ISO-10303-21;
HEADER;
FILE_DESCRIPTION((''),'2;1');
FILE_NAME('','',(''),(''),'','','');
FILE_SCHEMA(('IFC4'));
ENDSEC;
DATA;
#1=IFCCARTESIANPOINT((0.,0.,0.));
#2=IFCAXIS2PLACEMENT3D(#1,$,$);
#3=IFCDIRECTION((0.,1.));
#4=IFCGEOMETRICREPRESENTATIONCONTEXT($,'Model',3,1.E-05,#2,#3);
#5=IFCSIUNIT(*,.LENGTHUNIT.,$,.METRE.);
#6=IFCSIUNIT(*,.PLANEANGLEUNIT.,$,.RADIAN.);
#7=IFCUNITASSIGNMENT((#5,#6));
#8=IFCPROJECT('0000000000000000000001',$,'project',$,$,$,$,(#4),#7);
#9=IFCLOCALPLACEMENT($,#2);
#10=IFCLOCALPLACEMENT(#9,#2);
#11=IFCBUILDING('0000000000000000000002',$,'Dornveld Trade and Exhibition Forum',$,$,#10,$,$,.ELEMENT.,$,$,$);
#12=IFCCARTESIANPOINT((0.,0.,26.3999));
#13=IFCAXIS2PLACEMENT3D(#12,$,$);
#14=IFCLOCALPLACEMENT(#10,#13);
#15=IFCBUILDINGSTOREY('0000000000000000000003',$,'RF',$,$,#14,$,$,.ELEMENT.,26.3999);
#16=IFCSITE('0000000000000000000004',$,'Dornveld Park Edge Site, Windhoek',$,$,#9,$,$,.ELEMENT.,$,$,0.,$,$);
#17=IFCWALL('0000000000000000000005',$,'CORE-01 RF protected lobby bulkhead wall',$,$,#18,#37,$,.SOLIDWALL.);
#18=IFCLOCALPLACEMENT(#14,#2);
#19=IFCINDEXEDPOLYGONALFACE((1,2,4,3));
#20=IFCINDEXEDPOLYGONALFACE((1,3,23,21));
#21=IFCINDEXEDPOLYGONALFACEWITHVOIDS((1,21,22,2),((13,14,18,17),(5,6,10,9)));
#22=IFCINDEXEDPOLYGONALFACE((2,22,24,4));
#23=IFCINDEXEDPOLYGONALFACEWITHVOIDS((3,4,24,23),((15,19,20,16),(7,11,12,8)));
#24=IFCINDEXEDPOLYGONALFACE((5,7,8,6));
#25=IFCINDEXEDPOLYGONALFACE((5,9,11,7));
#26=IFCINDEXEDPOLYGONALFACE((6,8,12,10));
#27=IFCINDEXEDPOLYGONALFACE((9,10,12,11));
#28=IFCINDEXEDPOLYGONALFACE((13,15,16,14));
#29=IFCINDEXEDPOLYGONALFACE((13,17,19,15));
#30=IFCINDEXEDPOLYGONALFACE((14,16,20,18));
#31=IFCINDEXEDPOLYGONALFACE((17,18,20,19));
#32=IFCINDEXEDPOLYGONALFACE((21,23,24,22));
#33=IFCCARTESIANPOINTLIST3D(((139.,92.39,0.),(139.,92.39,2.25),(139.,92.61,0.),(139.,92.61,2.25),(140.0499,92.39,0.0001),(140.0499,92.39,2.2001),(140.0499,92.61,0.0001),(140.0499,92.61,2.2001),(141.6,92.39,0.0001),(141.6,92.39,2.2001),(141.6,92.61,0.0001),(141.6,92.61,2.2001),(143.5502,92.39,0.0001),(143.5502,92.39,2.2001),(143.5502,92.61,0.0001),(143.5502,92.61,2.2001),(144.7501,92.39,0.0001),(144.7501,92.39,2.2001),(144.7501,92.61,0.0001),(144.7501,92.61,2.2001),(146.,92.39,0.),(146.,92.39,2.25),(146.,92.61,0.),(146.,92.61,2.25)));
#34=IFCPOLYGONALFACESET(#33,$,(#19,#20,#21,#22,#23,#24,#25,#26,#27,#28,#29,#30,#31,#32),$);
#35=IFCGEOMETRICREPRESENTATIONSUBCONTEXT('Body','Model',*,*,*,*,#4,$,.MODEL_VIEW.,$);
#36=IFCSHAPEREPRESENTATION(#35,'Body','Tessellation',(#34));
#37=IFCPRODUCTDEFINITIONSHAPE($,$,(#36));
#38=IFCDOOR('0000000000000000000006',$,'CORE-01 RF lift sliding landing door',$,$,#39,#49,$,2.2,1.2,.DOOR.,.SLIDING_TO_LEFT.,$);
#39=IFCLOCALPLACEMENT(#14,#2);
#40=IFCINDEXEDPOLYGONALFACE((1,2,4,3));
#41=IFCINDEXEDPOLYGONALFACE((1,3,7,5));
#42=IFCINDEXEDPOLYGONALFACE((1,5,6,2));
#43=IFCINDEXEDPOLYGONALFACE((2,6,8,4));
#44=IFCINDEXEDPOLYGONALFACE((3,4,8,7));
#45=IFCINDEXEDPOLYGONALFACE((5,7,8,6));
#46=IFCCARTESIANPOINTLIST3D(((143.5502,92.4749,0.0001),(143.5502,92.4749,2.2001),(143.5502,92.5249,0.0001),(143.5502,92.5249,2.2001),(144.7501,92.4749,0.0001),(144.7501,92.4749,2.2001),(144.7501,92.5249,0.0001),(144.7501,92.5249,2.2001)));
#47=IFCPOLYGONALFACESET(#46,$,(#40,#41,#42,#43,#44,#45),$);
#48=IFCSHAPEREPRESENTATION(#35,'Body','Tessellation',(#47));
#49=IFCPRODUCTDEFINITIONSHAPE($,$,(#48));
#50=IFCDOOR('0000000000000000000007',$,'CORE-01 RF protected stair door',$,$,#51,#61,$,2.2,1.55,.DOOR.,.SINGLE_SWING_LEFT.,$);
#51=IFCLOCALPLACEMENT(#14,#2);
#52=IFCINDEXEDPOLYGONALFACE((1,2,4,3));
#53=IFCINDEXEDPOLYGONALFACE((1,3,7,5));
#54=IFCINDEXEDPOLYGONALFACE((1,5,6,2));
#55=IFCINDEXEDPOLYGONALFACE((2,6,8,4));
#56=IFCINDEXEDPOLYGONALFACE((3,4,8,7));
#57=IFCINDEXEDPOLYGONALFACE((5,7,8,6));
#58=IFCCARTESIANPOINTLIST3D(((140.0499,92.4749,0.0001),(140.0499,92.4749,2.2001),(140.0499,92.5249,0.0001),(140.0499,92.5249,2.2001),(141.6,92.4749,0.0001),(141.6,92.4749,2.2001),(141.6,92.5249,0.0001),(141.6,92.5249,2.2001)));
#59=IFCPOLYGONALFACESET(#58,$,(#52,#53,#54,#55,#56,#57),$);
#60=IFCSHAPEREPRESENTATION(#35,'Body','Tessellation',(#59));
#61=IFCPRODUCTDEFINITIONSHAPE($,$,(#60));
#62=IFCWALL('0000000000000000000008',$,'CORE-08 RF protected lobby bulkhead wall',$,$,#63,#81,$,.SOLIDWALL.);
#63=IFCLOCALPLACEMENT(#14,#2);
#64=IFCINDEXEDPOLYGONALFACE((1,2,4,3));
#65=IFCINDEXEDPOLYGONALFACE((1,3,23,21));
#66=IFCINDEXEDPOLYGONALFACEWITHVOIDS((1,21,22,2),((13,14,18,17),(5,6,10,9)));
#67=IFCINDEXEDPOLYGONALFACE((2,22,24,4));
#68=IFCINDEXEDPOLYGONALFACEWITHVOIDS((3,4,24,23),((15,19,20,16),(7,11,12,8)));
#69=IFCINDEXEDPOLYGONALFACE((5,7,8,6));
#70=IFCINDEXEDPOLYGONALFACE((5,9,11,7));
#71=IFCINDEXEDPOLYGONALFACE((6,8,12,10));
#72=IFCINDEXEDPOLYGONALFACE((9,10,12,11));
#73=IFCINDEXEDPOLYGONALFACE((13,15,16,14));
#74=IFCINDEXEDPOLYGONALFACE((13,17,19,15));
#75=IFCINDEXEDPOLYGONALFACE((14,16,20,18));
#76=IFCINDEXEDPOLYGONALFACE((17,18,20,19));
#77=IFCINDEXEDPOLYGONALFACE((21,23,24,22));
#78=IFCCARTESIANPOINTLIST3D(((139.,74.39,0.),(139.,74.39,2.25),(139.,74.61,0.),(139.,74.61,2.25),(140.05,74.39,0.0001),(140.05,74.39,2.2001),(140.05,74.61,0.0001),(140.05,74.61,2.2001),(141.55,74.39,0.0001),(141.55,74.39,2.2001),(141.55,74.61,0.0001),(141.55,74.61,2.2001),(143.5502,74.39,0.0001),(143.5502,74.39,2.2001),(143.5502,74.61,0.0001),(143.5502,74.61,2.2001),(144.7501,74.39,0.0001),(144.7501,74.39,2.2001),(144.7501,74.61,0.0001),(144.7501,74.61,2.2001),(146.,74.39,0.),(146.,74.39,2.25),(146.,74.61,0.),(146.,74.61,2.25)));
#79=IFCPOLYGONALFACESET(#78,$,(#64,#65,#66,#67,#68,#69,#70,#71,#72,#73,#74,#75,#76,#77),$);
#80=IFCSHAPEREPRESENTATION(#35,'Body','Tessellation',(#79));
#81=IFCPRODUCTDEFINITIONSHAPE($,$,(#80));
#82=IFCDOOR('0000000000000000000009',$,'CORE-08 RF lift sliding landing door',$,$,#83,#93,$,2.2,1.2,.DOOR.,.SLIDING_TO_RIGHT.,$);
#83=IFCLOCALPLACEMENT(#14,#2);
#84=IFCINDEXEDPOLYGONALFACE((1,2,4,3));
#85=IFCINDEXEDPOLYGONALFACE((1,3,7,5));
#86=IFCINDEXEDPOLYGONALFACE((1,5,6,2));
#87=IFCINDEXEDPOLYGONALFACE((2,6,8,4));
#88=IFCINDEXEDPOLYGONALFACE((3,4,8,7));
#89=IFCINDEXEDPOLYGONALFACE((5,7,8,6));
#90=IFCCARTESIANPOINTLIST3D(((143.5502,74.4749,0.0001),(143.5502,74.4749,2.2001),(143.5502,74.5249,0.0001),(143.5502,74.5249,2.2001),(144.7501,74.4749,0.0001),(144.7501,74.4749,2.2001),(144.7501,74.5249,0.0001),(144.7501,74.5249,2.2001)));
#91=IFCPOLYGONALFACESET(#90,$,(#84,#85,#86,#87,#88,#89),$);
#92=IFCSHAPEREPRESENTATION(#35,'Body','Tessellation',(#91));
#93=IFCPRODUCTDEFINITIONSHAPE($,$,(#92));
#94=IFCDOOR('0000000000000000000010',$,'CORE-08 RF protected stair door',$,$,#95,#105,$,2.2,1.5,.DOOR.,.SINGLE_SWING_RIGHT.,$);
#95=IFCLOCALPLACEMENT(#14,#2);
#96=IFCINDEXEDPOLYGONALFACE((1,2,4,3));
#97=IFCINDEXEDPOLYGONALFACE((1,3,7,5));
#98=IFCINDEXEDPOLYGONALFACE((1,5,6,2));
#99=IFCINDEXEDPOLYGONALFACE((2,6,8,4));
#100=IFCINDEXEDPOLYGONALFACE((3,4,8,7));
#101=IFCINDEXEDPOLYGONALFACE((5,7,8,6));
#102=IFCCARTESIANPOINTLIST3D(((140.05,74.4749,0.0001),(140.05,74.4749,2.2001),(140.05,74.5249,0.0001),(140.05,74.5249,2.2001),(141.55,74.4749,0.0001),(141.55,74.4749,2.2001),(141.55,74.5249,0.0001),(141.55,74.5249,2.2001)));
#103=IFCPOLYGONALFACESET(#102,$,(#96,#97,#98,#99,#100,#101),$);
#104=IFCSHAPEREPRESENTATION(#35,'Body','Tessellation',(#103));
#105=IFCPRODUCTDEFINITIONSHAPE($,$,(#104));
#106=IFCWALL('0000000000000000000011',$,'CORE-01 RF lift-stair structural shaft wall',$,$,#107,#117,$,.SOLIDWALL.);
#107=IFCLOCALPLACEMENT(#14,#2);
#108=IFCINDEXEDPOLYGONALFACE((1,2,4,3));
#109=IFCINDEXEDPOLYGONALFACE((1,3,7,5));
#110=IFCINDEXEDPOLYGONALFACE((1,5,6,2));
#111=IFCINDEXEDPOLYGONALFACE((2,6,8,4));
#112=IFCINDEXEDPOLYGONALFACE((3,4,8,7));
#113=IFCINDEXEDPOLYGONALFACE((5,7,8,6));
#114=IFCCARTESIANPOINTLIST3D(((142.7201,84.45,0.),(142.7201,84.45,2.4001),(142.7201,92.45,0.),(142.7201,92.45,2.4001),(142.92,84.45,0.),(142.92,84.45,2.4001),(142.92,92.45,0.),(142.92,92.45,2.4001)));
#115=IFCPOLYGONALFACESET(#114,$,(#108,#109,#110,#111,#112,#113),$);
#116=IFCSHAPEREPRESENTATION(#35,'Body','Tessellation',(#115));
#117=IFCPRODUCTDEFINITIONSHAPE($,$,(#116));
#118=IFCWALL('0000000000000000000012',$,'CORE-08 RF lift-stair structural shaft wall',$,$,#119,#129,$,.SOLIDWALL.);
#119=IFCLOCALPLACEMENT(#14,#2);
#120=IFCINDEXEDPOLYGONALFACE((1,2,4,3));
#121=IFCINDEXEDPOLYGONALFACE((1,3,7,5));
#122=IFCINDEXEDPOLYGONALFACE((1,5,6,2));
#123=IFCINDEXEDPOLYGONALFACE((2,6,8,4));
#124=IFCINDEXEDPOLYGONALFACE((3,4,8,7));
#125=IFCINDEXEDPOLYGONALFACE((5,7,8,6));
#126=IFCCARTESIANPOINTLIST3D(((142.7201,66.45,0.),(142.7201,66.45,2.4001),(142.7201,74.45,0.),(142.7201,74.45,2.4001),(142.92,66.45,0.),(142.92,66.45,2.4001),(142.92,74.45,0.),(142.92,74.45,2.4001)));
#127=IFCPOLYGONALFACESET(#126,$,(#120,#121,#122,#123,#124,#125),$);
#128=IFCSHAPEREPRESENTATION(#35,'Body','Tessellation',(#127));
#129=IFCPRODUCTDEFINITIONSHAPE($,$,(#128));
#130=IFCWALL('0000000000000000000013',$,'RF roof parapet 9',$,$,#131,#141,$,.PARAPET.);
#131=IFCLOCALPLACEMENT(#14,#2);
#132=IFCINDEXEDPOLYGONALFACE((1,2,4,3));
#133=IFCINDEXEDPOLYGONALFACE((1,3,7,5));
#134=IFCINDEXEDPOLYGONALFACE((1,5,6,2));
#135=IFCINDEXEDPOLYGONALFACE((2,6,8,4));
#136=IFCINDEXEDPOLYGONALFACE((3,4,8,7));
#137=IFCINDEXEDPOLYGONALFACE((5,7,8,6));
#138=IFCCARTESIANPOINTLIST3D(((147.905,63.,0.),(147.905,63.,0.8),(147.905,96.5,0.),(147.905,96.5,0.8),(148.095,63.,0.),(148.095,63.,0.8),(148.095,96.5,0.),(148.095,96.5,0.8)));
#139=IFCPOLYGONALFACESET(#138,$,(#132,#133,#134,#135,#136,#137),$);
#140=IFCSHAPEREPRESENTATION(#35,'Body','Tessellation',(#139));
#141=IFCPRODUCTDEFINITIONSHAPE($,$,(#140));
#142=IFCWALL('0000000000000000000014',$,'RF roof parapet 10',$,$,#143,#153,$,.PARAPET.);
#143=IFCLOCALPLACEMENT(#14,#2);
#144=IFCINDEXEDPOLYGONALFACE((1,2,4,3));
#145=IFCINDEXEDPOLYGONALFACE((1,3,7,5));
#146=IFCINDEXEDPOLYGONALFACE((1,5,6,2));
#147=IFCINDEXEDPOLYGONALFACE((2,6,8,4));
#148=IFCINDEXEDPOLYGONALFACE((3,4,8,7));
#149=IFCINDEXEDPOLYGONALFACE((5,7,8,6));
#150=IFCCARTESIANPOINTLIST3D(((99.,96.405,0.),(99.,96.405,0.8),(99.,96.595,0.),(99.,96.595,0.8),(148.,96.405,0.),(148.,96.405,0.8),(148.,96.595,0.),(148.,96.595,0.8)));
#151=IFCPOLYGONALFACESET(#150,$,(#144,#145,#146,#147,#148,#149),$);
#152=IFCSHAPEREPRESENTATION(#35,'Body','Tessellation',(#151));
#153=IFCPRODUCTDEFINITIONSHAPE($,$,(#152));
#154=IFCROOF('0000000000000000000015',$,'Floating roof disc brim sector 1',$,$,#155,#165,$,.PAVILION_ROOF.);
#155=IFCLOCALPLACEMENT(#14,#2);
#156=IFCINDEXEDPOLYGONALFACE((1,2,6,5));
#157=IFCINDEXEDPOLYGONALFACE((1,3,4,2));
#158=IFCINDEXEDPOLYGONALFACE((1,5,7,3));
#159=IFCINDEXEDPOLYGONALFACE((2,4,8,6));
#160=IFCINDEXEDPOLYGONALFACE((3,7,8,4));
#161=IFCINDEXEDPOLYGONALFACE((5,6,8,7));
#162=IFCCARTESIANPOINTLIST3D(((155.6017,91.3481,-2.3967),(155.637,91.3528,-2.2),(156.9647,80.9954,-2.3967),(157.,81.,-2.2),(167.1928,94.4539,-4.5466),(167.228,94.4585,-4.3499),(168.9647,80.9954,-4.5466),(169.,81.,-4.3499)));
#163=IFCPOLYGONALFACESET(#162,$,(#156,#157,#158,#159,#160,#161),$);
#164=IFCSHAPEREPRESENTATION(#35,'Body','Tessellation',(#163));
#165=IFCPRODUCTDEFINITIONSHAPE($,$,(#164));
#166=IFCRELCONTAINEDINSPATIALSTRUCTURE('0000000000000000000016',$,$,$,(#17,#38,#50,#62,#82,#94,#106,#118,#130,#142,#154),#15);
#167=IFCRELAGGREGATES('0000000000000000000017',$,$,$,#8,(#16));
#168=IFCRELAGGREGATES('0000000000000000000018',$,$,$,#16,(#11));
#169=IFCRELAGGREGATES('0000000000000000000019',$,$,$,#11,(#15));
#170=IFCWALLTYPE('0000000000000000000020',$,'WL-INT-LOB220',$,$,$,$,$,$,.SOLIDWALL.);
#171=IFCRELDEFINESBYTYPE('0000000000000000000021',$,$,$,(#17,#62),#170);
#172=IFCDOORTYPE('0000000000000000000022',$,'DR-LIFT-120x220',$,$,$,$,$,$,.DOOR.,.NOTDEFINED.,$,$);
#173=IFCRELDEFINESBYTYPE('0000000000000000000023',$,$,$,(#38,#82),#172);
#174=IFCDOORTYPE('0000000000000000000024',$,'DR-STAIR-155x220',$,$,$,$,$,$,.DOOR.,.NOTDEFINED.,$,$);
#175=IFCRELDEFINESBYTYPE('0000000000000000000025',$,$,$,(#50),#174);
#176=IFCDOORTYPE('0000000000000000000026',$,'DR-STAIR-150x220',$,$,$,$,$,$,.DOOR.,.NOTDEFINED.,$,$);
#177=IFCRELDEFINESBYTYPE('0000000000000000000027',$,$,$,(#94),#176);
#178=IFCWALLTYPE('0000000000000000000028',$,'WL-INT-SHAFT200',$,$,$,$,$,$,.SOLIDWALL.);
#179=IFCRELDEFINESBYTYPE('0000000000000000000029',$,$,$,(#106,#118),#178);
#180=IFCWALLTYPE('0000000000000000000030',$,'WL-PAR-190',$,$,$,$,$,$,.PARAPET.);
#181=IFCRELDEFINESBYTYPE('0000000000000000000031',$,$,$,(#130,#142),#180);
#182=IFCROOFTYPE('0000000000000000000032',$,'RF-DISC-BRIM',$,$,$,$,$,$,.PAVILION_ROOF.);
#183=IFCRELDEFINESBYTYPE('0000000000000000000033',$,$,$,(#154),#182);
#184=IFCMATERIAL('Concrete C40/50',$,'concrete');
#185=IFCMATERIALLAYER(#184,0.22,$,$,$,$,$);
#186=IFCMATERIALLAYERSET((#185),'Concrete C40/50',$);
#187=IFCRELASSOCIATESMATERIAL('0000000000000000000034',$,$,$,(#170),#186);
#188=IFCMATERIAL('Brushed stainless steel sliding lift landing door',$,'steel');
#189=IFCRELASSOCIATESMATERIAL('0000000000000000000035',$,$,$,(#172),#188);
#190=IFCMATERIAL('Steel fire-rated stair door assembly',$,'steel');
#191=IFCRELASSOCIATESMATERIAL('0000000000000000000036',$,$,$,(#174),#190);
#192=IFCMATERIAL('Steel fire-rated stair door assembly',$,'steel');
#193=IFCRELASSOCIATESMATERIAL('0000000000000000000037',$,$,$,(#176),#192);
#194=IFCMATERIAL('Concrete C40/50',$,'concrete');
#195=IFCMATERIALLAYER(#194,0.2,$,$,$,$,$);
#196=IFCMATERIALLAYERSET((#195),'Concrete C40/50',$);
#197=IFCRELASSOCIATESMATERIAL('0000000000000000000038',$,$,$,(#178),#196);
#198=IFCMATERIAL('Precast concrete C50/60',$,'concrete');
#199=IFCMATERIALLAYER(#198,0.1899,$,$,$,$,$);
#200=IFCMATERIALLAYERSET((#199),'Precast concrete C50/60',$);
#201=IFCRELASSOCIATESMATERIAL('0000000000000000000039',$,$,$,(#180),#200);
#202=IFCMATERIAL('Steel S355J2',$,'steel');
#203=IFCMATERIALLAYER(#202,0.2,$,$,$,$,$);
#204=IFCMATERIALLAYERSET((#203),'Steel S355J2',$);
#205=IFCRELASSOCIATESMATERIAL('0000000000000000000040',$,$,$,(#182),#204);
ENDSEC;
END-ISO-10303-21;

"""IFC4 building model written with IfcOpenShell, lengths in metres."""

from ifc_helpers import new_model, si_unit, direction, frame, frame_2d, origin, place, context, subcontext, project, spatial, polyline, rectangle, outline, extrude, material, layer, layer_set, type_object, element, fill, save


model = new_model("IFC4")

# Units and contexts
model_context = context("Model", 3, precision=1e-05, world=origin(), true_north=direction((0.0, 1.0)))
body_context = subcontext(model_context, "Body", "Model", "MODEL_VIEW")
ifc_project = project(units=[si_unit("LENGTHUNIT", "METRE"), si_unit("PLANEANGLEUNIT", "RADIAN")], contexts=[model_context])

# Site, building, storey
site_placement = place(None, origin())
site = spatial("IfcSite", under=ifc_project, at=site_placement, Name="Dornveld Park Edge Site, Windhoek", CompositionType="ELEMENT", RefElevation=0.0)
building_placement = place(site_placement, origin())
building = spatial("IfcBuilding", under=site, at=building_placement, Name="Dornveld Trade and Exhibition Forum", CompositionType="ELEMENT")
storey_placement = place(building_placement, frame((0.0, 0.0, 26.3999)))
storey = spatial("IfcBuildingStorey", under=building, at=storey_placement, Name="RF", CompositionType="ELEMENT", Elevation=26.3999)

# Walls, openings, doors
ifc_material_1 = material(Name="Concrete C40/50", Category="concrete")
ifc_layer_1 = layer(ifc_material_1, 0.22)
ifc_layer_set_1 = layer_set([ifc_layer_1], Name="Concrete C40/50")
wall_type_1 = type_object("IfcWallType", Name="WL-INT-LOB220", PredefinedType="SOLIDWALL", material=ifc_layer_set_1)
wall_1_placement = place(storey_placement, frame((139.0, 92.5, 0.0), z_axis=(0.0, 0.0, 1.0), x_axis=(1.0, 0.0, 0.0)))
wall_1 = element("IfcWall", 1, at=wall_1_placement, inside=storey, type_object=wall_type_1, Name="CORE-01 RF protected lobby bulkhead wall", PredefinedType="SOLIDWALL", context=body_context, shape_type="SweptSolid", body=[
    extrude(rectangle(XDim=7.0, YDim=0.22, at=frame_2d((3.5, 0.0))), origin(), (0.0, 0.0, 1.0), 2.25),
])
opening_1_placement = place(wall_1_placement, frame((1.05, 0.0, 0.0)))
opening_1 = element("IfcOpeningElement", 2, at=opening_1_placement, cuts=wall_1, PredefinedType="OPENING", context=body_context, shape_type="SweptSolid", body=[
    extrude(rectangle(XDim=1.55, YDim=2.2, at=frame_2d((0.7749, 1.1001))), frame((0.0, 0.1199, 0.0), z_axis=(0.0, -1.0, 0.0), x_axis=(1.0, 0.0, 0.0)), (0.0, 0.0, 1.0), 0.24),
])
opening_2_placement = place(wall_1_placement, frame((4.55, 0.0, 0.0)))
opening_2 = element("IfcOpeningElement", 3, at=opening_2_placement, cuts=wall_1, PredefinedType="OPENING", context=body_context, shape_type="SweptSolid", body=[
    extrude(rectangle(XDim=1.2, YDim=2.2, at=frame_2d((0.6001, 1.1001))), frame((0.0, 0.1199, 0.0), z_axis=(0.0, -1.0, 0.0), x_axis=(1.0, 0.0, 0.0)), (0.0, 0.0, 1.0), 0.24),
])
ifc_material_2 = material(Name="Brushed stainless steel sliding lift landing door", Category="steel")
door_type_1 = type_object("IfcDoorType", Name="DR-LIFT-120x220", OperationType="NOTDEFINED", PredefinedType="DOOR", material=ifc_material_2)
door_1_placement = place(opening_2_placement, origin())
door_1 = element("IfcDoor", 4, at=door_1_placement, inside=storey, type_object=door_type_1, Name="CORE-01 RF lift sliding landing door", OperationType="SLIDING_TO_LEFT", OverallHeight=2.2, OverallWidth=1.2, PredefinedType="DOOR", context=body_context, shape_type="SweptSolid", body=[
    extrude(rectangle(XDim=1.2, YDim=2.2, at=frame_2d((0.6001, 1.1001))), frame((0.0, 0.0249, 0.0), z_axis=(0.0, -1.0, 0.0), x_axis=(1.0, 0.0, 0.0)), (0.0, 0.0, 1.0), 0.05),
])
fill(opening_2, door_1)
ifc_material_3 = material(Name="Steel fire-rated stair door assembly", Category="steel")
door_type_2 = type_object("IfcDoorType", Name="DR-STAIR-155x220", OperationType="NOTDEFINED", PredefinedType="DOOR", material=ifc_material_3)
door_2_placement = place(opening_1_placement, origin())
door_2 = element("IfcDoor", 5, at=door_2_placement, inside=storey, type_object=door_type_2, Name="CORE-01 RF protected stair door", OperationType="SINGLE_SWING_LEFT", OverallHeight=2.2, OverallWidth=1.55, PredefinedType="DOOR", context=body_context, shape_type="SweptSolid", body=[
    extrude(rectangle(XDim=1.55, YDim=2.2, at=frame_2d((0.7749, 1.1001))), frame((0.0, 0.0249, 0.0), z_axis=(0.0, -1.0, 0.0), x_axis=(1.0, 0.0, 0.0)), (0.0, 0.0, 1.0), 0.05),
])
fill(opening_1, door_2)
wall_2_placement = place(storey_placement, frame((139.0, 74.5, 0.0), z_axis=(0.0, 0.0, 1.0), x_axis=(1.0, 0.0, 0.0)))
wall_2 = element("IfcWall", 6, at=wall_2_placement, inside=storey, type_object=wall_type_1, Name="CORE-08 RF protected lobby bulkhead wall", PredefinedType="SOLIDWALL", context=body_context, shape_type="SweptSolid", body=[
    extrude(rectangle(XDim=7.0, YDim=0.22, at=frame_2d((3.5, 0.0))), origin(), (0.0, 0.0, 1.0), 2.25),
])
opening_3_placement = place(wall_2_placement, frame((1.05, 0.0, 0.0)))
opening_3 = element("IfcOpeningElement", 7, at=opening_3_placement, cuts=wall_2, PredefinedType="OPENING", context=body_context, shape_type="SweptSolid", body=[
    extrude(rectangle(XDim=1.5, YDim=2.2, at=frame_2d((0.75, 1.1001))), frame((0.0, 0.1199, 0.0), z_axis=(0.0, -1.0, 0.0), x_axis=(1.0, 0.0, 0.0)), (0.0, 0.0, 1.0), 0.24),
])
opening_4_placement = place(wall_2_placement, frame((4.55, 0.0, 0.0)))
opening_4 = element("IfcOpeningElement", 8, at=opening_4_placement, cuts=wall_2, PredefinedType="OPENING", context=body_context, shape_type="SweptSolid", body=[
    extrude(rectangle(XDim=1.2, YDim=2.2, at=frame_2d((0.6001, 1.1001))), frame((0.0, 0.1199, 0.0), z_axis=(0.0, -1.0, 0.0), x_axis=(1.0, 0.0, 0.0)), (0.0, 0.0, 1.0), 0.24),
])
door_3_placement = place(opening_4_placement, origin())
door_3 = element("IfcDoor", 9, at=door_3_placement, inside=storey, type_object=door_type_1, Name="CORE-08 RF lift sliding landing door", OperationType="SLIDING_TO_RIGHT", OverallHeight=2.2, OverallWidth=1.2, PredefinedType="DOOR", context=body_context, shape_type="SweptSolid", body=[
    extrude(rectangle(XDim=1.2, YDim=2.2, at=frame_2d((0.6001, 1.1001))), frame((0.0, 0.0249, 0.0), z_axis=(0.0, -1.0, 0.0), x_axis=(1.0, 0.0, 0.0)), (0.0, 0.0, 1.0), 0.05),
])
fill(opening_4, door_3)
ifc_material_4 = material(Name="Steel fire-rated stair door assembly", Category="steel")
door_type_3 = type_object("IfcDoorType", Name="DR-STAIR-150x220", OperationType="NOTDEFINED", PredefinedType="DOOR", material=ifc_material_4)
door_4_placement = place(opening_3_placement, origin())
door_4 = element("IfcDoor", 10, at=door_4_placement, inside=storey, type_object=door_type_3, Name="CORE-08 RF protected stair door", OperationType="SINGLE_SWING_RIGHT", OverallHeight=2.2, OverallWidth=1.5, PredefinedType="DOOR", context=body_context, shape_type="SweptSolid", body=[
    extrude(rectangle(XDim=1.5, YDim=2.2, at=frame_2d((0.75, 1.1001))), frame((0.0, 0.0249, 0.0), z_axis=(0.0, -1.0, 0.0), x_axis=(1.0, 0.0, 0.0)), (0.0, 0.0, 1.0), 0.05),
])
fill(opening_3, door_4)

# Walls
ifc_material_5 = material(Name="Concrete C40/50", Category="concrete")
ifc_layer_2 = layer(ifc_material_5, 0.2)
ifc_layer_set_2 = layer_set([ifc_layer_2], Name="Concrete C40/50")
wall_type_2 = type_object("IfcWallType", Name="WL-INT-SHAFT200", PredefinedType="SOLIDWALL", material=ifc_layer_set_2)
for number, where, z_axis, x_axis, name in (
    (11, (142.8201, 84.45, 0.0), (0.0, 0.0, 1.0), (0.0, 1.0, 0.0), "CORE-01 RF lift-stair structural shaft wall"),
    (12, (142.8201, 66.45, 0.0), (0.0, 0.0, 1.0), (0.0, 1.0, 0.0), "CORE-08 RF lift-stair structural shaft wall"),
):
    element("IfcWall", number, at=place(storey_placement, frame(where, z_axis=z_axis, x_axis=x_axis)), inside=storey, type_object=wall_type_2, Name=name, PredefinedType="SOLIDWALL", context=body_context, shape_type="SweptSolid", body=[
        extrude(rectangle(XDim=8.0, YDim=0.2, at=frame_2d((4.0, 0.0))), origin(), (0.0, 0.0, 1.0), 2.4001),
    ])
ifc_material_6 = material(Name="Precast concrete C50/60", Category="concrete")
ifc_layer_3 = layer(ifc_material_6, 0.1899)
ifc_layer_set_3 = layer_set([ifc_layer_3], Name="Precast concrete C50/60")
wall_type_3 = type_object("IfcWallType", Name="WL-PAR-190", PredefinedType="PARAPET", material=ifc_layer_set_3)
wall_3_placement = place(storey_placement, frame((148.0, 63.0, 0.0), z_axis=(0.0, 0.0, 1.0), x_axis=(0.0, 1.0, 0.0)))
element("IfcWall", 13, at=wall_3_placement, inside=storey, type_object=wall_type_3, Name="RF roof parapet 9", PredefinedType="PARAPET", context=body_context, shape_type="SweptSolid", body=[
    extrude(rectangle(XDim=33.5, YDim=0.1899, at=frame_2d((16.75, 0.0))), origin(), (0.0, 0.0, 1.0), 0.8),
])
wall_4_placement = place(storey_placement, frame((148.0, 96.5, 0.0), z_axis=(0.0, 0.0, 1.0), x_axis=(-1.0, 0.0, 0.0)))
element("IfcWall", 14, at=wall_4_placement, inside=storey, type_object=wall_type_3, Name="RF roof parapet 10", PredefinedType="PARAPET", context=body_context, shape_type="SweptSolid", body=[
    extrude(rectangle(XDim=49.0, YDim=0.1899, at=frame_2d((24.5, 0.0))), origin(), (0.0, 0.0, 1.0), 0.8),
])

# Roof
ifc_material_7 = material(Name="Steel S355J2", Category="steel")
ifc_layer_4 = layer(ifc_material_7, 0.2)
ifc_layer_set_4 = layer_set([ifc_layer_4], Name="Steel S355J2")
roof_type = type_object("IfcRoofType", Name="RF-DISC-BRIM", PredefinedType="PAVILION_ROOF", material=ifc_layer_set_4)
roof_1_placement = place(storey_placement, frame((157.0, 81.0, -2.2), z_axis=(0.176303, 0.023212, 0.984062), x_axis=(0.984327, 0.0, -0.176351)))
element("IfcRoof", 15, at=roof_1_placement, inside=storey, type_object=roof_type, Name="Floating roof disc brim sector 1", PredefinedType="PAVILION_ROOF", context=body_context, shape_type="SweptSolid", body=[
    extrude(outline(polyline([(0.0, 0.0), (12.1911, 0.0), (10.4469, 13.4621), (-1.3417, 10.3556), (0.0, 0.0)])), origin(), (0.0, 0.0, -1.0), 0.2),
])

save(model, "model.ifc")
